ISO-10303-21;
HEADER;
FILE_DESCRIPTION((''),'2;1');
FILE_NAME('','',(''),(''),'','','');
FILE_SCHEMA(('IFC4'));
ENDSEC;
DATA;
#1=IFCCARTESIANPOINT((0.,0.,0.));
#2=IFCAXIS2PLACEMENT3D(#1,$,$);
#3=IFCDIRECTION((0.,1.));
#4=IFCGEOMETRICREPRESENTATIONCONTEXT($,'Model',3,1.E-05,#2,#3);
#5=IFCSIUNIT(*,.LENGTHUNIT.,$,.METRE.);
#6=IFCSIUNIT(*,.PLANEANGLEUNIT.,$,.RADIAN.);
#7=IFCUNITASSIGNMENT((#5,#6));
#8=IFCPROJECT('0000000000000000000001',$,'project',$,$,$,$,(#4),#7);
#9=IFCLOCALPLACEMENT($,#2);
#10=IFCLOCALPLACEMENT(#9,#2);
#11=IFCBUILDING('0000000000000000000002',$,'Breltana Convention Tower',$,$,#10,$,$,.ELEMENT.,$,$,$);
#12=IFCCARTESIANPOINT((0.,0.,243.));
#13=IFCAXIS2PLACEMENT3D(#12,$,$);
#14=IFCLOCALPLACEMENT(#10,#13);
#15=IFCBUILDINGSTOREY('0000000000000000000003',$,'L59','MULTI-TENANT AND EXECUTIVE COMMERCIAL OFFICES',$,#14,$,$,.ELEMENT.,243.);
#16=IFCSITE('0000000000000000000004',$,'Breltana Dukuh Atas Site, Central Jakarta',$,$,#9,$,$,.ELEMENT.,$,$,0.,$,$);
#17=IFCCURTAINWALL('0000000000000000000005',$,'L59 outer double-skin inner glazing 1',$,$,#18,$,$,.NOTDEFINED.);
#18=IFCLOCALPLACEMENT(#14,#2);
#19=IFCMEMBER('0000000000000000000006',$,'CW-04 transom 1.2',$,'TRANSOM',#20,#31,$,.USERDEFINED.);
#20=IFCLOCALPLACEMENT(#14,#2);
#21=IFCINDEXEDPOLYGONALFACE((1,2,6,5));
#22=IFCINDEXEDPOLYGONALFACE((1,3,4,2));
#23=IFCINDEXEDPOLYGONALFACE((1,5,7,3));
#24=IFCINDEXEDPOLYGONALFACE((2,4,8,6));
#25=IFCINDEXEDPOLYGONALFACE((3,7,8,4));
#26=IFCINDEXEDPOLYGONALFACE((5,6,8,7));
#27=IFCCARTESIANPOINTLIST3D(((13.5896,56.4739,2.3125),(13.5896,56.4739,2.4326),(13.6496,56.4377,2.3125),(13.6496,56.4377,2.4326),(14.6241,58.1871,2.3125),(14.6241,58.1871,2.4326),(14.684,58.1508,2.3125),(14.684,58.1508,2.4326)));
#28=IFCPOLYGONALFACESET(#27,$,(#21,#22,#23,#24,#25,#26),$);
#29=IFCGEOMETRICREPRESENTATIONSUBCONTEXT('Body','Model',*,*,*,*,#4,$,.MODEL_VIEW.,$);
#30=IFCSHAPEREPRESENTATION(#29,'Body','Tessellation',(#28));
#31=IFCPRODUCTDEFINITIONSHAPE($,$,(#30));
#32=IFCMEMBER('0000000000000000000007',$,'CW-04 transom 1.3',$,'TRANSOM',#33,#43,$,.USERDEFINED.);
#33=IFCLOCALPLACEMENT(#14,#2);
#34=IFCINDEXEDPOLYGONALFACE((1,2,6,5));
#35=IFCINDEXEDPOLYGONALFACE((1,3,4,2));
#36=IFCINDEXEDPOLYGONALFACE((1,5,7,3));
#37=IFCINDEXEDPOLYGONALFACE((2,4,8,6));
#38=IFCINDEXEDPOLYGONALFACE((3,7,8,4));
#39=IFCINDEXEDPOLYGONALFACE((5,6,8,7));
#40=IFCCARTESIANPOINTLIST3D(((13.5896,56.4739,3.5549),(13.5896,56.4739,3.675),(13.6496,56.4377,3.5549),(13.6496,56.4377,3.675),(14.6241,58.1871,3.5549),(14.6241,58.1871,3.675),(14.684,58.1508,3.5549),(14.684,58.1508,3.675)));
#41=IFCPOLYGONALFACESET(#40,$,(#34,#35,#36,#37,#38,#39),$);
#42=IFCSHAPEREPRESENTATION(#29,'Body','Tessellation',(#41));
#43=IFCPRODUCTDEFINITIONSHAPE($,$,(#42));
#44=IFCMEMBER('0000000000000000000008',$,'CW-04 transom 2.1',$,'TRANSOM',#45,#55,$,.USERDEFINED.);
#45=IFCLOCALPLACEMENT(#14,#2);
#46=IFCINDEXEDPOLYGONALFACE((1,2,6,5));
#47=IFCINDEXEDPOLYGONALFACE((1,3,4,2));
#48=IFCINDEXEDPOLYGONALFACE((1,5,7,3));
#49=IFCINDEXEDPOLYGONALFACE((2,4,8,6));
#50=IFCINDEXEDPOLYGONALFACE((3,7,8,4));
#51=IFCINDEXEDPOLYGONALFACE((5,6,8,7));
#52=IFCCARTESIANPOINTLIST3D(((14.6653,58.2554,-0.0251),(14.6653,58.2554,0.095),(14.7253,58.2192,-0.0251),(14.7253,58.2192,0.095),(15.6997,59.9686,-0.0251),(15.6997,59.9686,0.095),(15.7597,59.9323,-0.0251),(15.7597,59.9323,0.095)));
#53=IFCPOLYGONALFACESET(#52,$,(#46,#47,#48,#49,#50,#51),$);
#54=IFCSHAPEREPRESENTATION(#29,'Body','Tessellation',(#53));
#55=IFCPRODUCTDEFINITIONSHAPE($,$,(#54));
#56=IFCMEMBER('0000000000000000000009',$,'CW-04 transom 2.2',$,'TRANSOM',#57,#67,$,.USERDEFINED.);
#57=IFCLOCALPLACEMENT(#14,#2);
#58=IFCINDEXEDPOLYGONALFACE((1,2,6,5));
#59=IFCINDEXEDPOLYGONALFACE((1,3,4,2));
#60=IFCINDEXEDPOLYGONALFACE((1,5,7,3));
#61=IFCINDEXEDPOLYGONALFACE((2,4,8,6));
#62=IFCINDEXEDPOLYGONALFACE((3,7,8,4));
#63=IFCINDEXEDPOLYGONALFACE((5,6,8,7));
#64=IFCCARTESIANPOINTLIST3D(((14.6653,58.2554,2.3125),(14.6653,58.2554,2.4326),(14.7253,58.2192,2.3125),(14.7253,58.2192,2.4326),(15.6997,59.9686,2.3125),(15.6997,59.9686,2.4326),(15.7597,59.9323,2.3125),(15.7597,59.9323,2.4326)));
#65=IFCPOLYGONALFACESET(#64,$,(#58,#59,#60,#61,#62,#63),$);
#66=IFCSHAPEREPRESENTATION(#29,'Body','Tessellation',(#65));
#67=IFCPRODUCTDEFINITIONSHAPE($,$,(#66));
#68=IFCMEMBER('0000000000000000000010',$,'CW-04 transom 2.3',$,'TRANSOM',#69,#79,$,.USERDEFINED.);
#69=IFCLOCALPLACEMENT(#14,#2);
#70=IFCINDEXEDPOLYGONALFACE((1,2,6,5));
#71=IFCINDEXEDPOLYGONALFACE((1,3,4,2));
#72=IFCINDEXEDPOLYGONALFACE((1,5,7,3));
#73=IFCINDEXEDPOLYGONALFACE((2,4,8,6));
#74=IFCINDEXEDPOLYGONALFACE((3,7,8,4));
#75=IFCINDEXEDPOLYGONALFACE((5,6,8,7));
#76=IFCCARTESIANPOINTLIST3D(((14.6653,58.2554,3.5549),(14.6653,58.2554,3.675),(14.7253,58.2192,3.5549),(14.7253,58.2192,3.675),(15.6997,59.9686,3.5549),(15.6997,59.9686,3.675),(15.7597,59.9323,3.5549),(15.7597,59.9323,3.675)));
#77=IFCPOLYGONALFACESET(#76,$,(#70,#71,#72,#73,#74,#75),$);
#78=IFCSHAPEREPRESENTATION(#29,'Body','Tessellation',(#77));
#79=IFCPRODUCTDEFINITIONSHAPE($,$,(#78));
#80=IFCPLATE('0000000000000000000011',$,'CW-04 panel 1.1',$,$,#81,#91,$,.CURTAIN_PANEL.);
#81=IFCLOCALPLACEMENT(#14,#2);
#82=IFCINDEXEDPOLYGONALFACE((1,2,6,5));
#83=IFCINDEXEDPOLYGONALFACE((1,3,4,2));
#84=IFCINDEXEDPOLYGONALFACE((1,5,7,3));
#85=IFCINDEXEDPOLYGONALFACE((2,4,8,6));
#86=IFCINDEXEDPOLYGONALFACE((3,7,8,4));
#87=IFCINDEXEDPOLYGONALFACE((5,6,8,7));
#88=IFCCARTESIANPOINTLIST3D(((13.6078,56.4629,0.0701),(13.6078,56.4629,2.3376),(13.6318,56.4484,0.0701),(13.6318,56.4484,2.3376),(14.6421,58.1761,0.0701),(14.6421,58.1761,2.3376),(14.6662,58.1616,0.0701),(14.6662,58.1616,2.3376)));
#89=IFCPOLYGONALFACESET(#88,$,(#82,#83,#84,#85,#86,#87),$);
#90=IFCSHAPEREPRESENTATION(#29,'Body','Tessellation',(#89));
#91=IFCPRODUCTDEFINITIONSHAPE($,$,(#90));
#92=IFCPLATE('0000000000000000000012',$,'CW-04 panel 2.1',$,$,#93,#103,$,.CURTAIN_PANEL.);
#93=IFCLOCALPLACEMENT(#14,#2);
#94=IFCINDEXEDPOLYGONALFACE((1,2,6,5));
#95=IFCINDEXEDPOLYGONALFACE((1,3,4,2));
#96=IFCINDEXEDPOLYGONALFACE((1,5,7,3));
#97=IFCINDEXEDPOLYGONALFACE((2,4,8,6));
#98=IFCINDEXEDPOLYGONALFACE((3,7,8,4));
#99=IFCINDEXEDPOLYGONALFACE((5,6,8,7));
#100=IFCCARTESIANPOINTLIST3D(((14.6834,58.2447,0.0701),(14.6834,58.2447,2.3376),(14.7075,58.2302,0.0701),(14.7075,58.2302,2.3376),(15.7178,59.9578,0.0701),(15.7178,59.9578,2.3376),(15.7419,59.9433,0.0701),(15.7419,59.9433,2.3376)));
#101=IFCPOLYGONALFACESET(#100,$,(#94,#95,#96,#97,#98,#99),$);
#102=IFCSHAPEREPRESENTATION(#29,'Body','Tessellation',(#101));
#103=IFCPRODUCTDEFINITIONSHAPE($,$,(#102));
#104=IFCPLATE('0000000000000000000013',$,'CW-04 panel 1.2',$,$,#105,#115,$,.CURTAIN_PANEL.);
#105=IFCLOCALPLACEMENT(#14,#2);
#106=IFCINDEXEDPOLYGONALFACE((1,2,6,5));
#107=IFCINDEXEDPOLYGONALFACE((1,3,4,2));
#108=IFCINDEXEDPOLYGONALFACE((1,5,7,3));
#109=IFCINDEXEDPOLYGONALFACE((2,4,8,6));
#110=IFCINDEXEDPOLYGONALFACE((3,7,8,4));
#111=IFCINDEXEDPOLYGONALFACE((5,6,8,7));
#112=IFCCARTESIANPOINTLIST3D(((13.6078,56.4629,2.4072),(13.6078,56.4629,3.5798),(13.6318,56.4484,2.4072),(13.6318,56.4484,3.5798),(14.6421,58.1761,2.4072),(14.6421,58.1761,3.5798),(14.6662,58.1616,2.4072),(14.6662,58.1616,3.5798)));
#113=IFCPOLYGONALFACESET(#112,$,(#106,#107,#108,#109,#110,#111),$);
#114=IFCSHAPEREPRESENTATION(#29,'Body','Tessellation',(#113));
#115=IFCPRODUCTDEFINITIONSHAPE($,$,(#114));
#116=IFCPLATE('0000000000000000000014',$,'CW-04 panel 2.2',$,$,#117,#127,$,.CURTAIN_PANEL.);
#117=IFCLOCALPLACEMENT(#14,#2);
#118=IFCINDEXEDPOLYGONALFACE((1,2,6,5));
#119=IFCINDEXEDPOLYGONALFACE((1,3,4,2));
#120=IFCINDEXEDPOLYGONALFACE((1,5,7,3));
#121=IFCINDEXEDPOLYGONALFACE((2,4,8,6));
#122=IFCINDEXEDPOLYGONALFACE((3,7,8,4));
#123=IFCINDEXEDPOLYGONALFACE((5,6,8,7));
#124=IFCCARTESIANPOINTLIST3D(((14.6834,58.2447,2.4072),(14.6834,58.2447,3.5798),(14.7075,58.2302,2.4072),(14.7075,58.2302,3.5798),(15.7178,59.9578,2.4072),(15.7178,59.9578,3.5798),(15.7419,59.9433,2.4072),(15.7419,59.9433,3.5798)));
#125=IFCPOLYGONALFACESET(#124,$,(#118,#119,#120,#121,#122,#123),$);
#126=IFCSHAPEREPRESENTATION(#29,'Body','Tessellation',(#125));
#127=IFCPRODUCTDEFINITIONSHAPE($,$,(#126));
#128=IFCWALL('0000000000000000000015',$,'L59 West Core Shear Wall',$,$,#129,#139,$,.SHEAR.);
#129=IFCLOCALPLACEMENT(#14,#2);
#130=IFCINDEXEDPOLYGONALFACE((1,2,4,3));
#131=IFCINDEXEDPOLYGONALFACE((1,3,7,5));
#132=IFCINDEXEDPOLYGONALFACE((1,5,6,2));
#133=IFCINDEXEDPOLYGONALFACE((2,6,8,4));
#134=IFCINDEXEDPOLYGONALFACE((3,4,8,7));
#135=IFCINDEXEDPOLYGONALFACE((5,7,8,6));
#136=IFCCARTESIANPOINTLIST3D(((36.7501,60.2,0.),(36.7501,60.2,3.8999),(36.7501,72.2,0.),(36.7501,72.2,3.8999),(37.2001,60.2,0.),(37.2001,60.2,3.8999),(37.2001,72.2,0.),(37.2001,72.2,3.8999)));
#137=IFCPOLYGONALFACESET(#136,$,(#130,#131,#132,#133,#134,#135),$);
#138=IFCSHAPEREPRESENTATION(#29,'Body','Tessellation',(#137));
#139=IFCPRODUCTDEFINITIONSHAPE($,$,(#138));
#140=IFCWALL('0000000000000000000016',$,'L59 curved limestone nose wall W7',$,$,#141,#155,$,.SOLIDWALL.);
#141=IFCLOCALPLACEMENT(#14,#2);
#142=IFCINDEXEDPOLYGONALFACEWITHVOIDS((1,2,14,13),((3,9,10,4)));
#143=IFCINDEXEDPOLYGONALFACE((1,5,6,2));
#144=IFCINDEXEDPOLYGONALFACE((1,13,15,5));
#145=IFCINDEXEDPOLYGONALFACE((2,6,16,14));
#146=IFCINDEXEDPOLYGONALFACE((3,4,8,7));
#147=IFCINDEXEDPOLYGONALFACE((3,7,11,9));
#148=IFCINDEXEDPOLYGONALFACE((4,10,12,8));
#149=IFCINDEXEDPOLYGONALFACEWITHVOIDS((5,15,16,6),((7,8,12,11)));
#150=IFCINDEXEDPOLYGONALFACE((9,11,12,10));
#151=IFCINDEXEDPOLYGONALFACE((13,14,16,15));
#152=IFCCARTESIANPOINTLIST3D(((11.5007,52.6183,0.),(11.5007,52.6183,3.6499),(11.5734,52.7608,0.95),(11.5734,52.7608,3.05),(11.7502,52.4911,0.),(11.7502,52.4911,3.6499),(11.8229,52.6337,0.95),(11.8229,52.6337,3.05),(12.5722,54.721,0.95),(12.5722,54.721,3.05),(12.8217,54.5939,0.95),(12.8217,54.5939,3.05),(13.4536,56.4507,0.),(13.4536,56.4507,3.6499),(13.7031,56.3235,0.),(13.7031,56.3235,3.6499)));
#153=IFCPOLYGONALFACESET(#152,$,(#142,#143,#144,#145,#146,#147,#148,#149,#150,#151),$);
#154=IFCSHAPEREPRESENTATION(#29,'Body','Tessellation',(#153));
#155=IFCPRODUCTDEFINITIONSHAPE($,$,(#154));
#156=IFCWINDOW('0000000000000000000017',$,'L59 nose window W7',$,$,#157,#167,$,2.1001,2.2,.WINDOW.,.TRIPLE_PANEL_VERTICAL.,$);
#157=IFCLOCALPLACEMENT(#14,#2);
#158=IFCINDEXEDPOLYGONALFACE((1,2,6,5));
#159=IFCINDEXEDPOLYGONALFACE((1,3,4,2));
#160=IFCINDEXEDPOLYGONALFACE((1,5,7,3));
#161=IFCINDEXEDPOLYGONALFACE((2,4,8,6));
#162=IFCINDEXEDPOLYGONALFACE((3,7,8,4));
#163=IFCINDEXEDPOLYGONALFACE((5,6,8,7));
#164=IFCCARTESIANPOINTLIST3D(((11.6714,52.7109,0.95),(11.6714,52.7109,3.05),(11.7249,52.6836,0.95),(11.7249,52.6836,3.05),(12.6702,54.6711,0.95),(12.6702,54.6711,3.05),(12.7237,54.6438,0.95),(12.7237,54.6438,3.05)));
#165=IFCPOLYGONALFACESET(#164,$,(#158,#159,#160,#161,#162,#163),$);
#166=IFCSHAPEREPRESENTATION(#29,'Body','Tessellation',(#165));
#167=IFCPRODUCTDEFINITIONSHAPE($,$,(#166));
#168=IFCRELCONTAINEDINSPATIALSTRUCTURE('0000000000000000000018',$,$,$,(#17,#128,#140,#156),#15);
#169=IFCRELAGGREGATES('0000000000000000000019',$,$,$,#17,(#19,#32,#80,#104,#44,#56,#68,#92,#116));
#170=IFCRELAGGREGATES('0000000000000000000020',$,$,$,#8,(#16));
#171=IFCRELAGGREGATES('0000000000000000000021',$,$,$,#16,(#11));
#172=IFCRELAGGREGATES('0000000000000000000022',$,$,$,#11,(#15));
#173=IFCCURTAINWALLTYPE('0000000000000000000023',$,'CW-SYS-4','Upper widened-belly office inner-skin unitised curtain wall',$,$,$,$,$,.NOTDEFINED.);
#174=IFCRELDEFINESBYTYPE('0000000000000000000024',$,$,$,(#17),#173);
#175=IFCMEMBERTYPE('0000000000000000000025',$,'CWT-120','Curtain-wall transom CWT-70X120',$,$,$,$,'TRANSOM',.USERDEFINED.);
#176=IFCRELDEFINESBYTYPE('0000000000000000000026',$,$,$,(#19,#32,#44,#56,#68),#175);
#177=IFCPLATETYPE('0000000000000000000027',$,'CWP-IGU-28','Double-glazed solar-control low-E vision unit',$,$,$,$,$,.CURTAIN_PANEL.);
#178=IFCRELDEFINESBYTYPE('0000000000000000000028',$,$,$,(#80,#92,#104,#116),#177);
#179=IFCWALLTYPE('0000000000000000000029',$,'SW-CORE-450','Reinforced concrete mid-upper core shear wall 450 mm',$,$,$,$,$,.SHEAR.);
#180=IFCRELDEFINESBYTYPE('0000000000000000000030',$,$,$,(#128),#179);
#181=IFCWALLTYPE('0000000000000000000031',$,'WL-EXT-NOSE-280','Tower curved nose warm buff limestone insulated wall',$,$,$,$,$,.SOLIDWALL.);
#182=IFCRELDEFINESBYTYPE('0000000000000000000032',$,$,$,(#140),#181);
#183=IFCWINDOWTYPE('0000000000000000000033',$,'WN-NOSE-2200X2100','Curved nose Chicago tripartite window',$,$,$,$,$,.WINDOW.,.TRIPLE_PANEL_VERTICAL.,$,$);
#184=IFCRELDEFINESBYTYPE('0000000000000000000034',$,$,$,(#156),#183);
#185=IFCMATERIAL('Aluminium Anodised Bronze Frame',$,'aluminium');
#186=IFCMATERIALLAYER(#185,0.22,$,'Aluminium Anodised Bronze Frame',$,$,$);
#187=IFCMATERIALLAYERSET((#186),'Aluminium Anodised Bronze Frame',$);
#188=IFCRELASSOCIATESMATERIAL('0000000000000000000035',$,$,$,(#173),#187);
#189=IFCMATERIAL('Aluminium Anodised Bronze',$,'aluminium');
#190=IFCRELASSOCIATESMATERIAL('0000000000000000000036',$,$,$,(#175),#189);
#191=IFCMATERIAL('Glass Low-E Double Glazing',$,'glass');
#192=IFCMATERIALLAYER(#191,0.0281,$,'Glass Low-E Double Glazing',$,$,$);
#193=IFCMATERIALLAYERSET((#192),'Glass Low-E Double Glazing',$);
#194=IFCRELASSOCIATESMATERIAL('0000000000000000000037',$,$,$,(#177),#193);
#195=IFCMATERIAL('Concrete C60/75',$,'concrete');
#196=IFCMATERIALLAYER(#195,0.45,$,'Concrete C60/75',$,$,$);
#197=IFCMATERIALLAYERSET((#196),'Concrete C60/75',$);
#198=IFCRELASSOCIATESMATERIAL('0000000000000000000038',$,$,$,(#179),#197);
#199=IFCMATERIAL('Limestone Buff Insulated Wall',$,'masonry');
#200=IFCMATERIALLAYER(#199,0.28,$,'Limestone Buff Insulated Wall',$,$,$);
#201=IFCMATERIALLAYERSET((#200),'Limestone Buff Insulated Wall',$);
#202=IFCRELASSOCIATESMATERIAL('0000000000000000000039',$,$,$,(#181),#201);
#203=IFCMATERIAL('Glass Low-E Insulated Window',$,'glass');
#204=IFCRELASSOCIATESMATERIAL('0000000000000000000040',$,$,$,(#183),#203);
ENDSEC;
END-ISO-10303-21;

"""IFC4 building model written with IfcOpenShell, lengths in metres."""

from ifc_helpers import new_model, si_unit, direction, frame, frame_2d, origin, origin_2d, place, context, subcontext, project, spatial, rectangle, extrude, source, transform, mapped, material, layer, layer_set, material_profile, profile_set, type_object, type_shapes, element, fill, aggregate, save


model = new_model("IFC4")

# Units and contexts
model_context = context("Model", 3, precision=1e-05, world=origin(), true_north=direction((0.0, 1.0)))
body_context = subcontext(model_context, "Body", "Model", "MODEL_VIEW")
ifc_project = project(units=[si_unit("LENGTHUNIT", "METRE"), si_unit("PLANEANGLEUNIT", "RADIAN")], contexts=[model_context])

# Site, building, storey
site_placement = place(None, origin())
site = spatial("IfcSite", under=ifc_project, at=site_placement, Name="Breltana Dukuh Atas Site, Central Jakarta", CompositionType="ELEMENT", RefElevation=0.0)
building_placement = place(site_placement, origin())
building = spatial("IfcBuilding", under=site, at=building_placement, Name="Breltana Convention Tower", CompositionType="ELEMENT")
storey_placement = place(building_placement, frame((0.0, 0.0, 243.0)))
storey = spatial("IfcBuildingStorey", under=building, at=storey_placement, Name="L59", Description="MULTI-TENANT AND EXECUTIVE COMMERCIAL OFFICES", CompositionType="ELEMENT", Elevation=243.0)

# Curtain wall, members, plates
ifc_material_1 = material(Name="Aluminium Anodised Bronze Frame", Category="aluminium")
ifc_layer_1 = layer(ifc_material_1, 0.22, Name="Aluminium Anodised Bronze Frame")
ifc_layer_set_1 = layer_set([ifc_layer_1], Name="Aluminium Anodised Bronze Frame")
curtain_wall_type = type_object("IfcCurtainWallType", Name="CW-SYS-4", Description="Upper widened-belly office inner-skin unitised curtain wall", PredefinedType="NOTDEFINED", material=ifc_layer_set_1)
curtain_wall_placement = place(storey_placement, origin())
curtain_wall = element("IfcCurtainWall", 1, at=curtain_wall_placement, inside=storey, type_object=curtain_wall_type, Name="L59 outer double-skin inner glazing 1", PredefinedType="NOTDEFINED")
ifc_material_2 = material(Name="Aluminium Anodised Bronze", Category="aluminium")
ifc_material_profile_1 = material_profile(ifc_material_2, rectangle(XDim=0.0701, YDim=0.1201, at=origin_2d()), Name="CWT-70X120")
ifc_profile_set_1 = profile_set([ifc_material_profile_1], Name="Aluminium Anodised Bronze")
member_type_1 = type_object("IfcMemberType", Name="CWT-120", Description="Curtain-wall transom CWT-70X120", ElementType="TRANSOM", PredefinedType="USERDEFINED", material=ifc_profile_set_1)
shared_shape_1 = source(origin(), body_context, "Body", "SweptSolid", [
    extrude(rectangle(XDim=0.0701, YDim=0.1201, at=origin_2d()), origin(), (0.0, 0.0, 1.0), 2.0012),
])
member_1_placement = place(storey_placement, frame((13.6196, 56.4558, 2.3726), z_axis=(0.516898, 0.856047, 0.0), x_axis=(-0.856047, 0.516898, 0.0)))
member_1 = element("IfcMember", 2, at=member_1_placement, type_object=member_type_1, Name="CW-04 transom 1.2", ObjectType="TRANSOM", PredefinedType="USERDEFINED", context=body_context, shape_type="MappedRepresentation", body=[
    mapped(shared_shape_1, transform((0.0, 0.0, 0.0), scale=1.0)),
])
member_2_placement = place(storey_placement, frame((13.6196, 56.4558, 3.615), z_axis=(0.516898, 0.856047, 0.0), x_axis=(-0.856047, 0.516898, 0.0)))
member_2 = element("IfcMember", 3, at=member_2_placement, type_object=member_type_1, Name="CW-04 transom 1.3", ObjectType="TRANSOM", PredefinedType="USERDEFINED", context=body_context, shape_type="MappedRepresentation", body=[
    mapped(shared_shape_1, transform((0.0, 0.0, 0.0), scale=1.0)),
])
member_3_placement = place(storey_placement, frame((14.6953, 58.2373, 0.0349), z_axis=(0.516898, 0.856047, 0.0), x_axis=(-0.856047, 0.516898, 0.0)))
member_3 = element("IfcMember", 4, at=member_3_placement, type_object=member_type_1, Name="CW-04 transom 2.1", ObjectType="TRANSOM", PredefinedType="USERDEFINED", context=body_context, shape_type="MappedRepresentation", body=[
    mapped(shared_shape_1, transform((0.0, 0.0, 0.0), scale=1.0)),
])
member_4_placement = place(storey_placement, frame((14.6953, 58.2373, 2.3726), z_axis=(0.516898, 0.856047, 0.0), x_axis=(-0.856047, 0.516898, 0.0)))
member_4 = element("IfcMember", 5, at=member_4_placement, type_object=member_type_1, Name="CW-04 transom 2.2", ObjectType="TRANSOM", PredefinedType="USERDEFINED", context=body_context, shape_type="MappedRepresentation", body=[
    mapped(shared_shape_1, transform((0.0, 0.0, 0.0), scale=1.0)),
])
member_5_placement = place(storey_placement, frame((14.6953, 58.2373, 3.615), z_axis=(0.516898, 0.856047, 0.0), x_axis=(-0.856047, 0.516898, 0.0)))
member_5 = element("IfcMember", 6, at=member_5_placement, type_object=member_type_1, Name="CW-04 transom 2.3", ObjectType="TRANSOM", PredefinedType="USERDEFINED", context=body_context, shape_type="MappedRepresentation", body=[
    mapped(shared_shape_1, transform((0.0, 0.0, 0.0), scale=1.0)),
])
ifc_material_3 = material(Name="Glass Low-E Double Glazing", Category="glass")
ifc_layer_2 = layer(ifc_material_3, 0.0281, Name="Glass Low-E Double Glazing")
ifc_layer_set_2 = layer_set([ifc_layer_2], Name="Glass Low-E Double Glazing")
plate_type = type_object("IfcPlateType", Name="CWP-IGU-28", Description="Double-glazed solar-control low-E vision unit", PredefinedType="CURTAIN_PANEL", material=ifc_layer_set_2)
shared_shape_2 = source(origin(), body_context, "Body", "SweptSolid", [
    extrude(rectangle(XDim=2.0012, YDim=0.0281, at=origin_2d()), origin(), (0.0, 0.0, 1.0), 2.2676),
])
plate_1_placement = place(storey_placement, frame((14.137, 57.3123, 0.0701), z_axis=(0.0, 0.0, 1.0), x_axis=(0.516875, 0.856061, 0.0)))
plate_1 = element("IfcPlate", 7, at=plate_1_placement, type_object=plate_type, Name="CW-04 panel 1.1", PredefinedType="CURTAIN_PANEL", context=body_context, shape_type="MappedRepresentation", body=[
    mapped(shared_shape_2, transform((0.0, 0.0, 0.0), scale=1.0)),
])
plate_2_placement = place(storey_placement, frame((15.2126, 59.094, 0.0701), z_axis=(0.0, 0.0, 1.0), x_axis=(0.516875, 0.856061, 0.0)))
plate_2 = element("IfcPlate", 8, at=plate_2_placement, type_object=plate_type, Name="CW-04 panel 2.1", PredefinedType="CURTAIN_PANEL", context=body_context, shape_type="MappedRepresentation", body=[
    mapped(shared_shape_2, transform((0.0, 0.0, 0.0), scale=1.0)),
])
shared_shape_3 = source(origin(), body_context, "Body", "SweptSolid", [
    extrude(rectangle(XDim=2.0012, YDim=0.0281, at=origin_2d()), origin(), (0.0, 0.0, 1.0), 1.1726),
])
plate_3_placement = place(storey_placement, frame((14.137, 57.3123, 2.4072), z_axis=(0.0, 0.0, 1.0), x_axis=(0.516875, 0.856061, 0.0)))
plate_3 = element("IfcPlate", 9, at=plate_3_placement, type_object=plate_type, Name="CW-04 panel 1.2", PredefinedType="CURTAIN_PANEL", context=body_context, shape_type="MappedRepresentation", body=[
    mapped(shared_shape_3, transform((0.0, 0.0, 0.0), scale=1.0)),
])
plate_4_placement = place(storey_placement, frame((15.2126, 59.094, 2.4072), z_axis=(0.0, 0.0, 1.0), x_axis=(0.516875, 0.856061, 0.0)))
plate_4 = element("IfcPlate", 10, at=plate_4_placement, type_object=plate_type, Name="CW-04 panel 2.2", PredefinedType="CURTAIN_PANEL", context=body_context, shape_type="MappedRepresentation", body=[
    mapped(shared_shape_3, transform((0.0, 0.0, 0.0), scale=1.0)),
])
aggregate(curtain_wall, [member_1, member_2, plate_1, plate_3, member_3, member_4, member_5, plate_2, plate_4])

# Wall
ifc_material_4 = material(Name="Concrete C60/75", Category="concrete")
ifc_layer_3 = layer(ifc_material_4, 0.45, Name="Concrete C60/75")
ifc_layer_set_3 = layer_set([ifc_layer_3], Name="Concrete C60/75")
wall_type_1 = type_object("IfcWallType", Name="SW-CORE-450", Description="Reinforced concrete mid-upper core shear wall 450 mm", PredefinedType="SHEAR", material=ifc_layer_set_3)
shared_shape_4 = source(origin(), body_context, "Body", "SweptSolid", [
    extrude(rectangle(XDim=12.0, YDim=0.45, at=frame_2d((6.0, 0.0))), origin(), (0.0, 0.0, 1.0), 3.8999),
])
wall_1_placement = place(storey_placement, frame((36.9751, 60.2, 0.0), z_axis=(0.0, 0.0, 1.0), x_axis=(0.0, 1.0, 0.0)))
element("IfcWall", 11, at=wall_1_placement, inside=storey, type_object=wall_type_1, Name="L59 West Core Shear Wall", PredefinedType="SHEAR", context=body_context, shape_type="MappedRepresentation", body=[
    mapped(shared_shape_4, transform((0.0, 0.0, 0.0), scale=1.0)),
])

# Wall, opening, window
ifc_material_5 = material(Name="Limestone Buff Insulated Wall", Category="masonry")
ifc_layer_4 = layer(ifc_material_5, 0.28, Name="Limestone Buff Insulated Wall")
ifc_layer_set_4 = layer_set([ifc_layer_4], Name="Limestone Buff Insulated Wall")
wall_type_2 = type_object("IfcWallType", Name="WL-EXT-NOSE-280", Description="Tower curved nose warm buff limestone insulated wall", PredefinedType="SOLIDWALL", material=ifc_layer_set_4)
shared_shape_5 = source(origin(), body_context, "Body", "SweptSolid", [
    extrude(rectangle(XDim=4.3013, YDim=0.28, at=frame_2d((2.1506, 0.0))), origin(), (0.0, 0.0, 1.0), 3.6499),
])
wall_2_placement = place(storey_placement, frame((11.6255, 52.5547, 0.0), z_axis=(0.0, 0.0, 1.0), x_axis=(0.454012, 0.890996, 0.0)))
wall_2 = element("IfcWall", 12, at=wall_2_placement, inside=storey, type_object=wall_type_2, Name="L59 curved limestone nose wall W7", PredefinedType="SOLIDWALL", context=body_context, shape_type="MappedRepresentation", body=[
    mapped(shared_shape_5, transform((0.0, 0.0, 0.0), scale=1.0)),
])
opening_1_placement = place(wall_2_placement, frame((0.1599, 0.0, 0.95)))
opening_1 = element("IfcOpeningElement", 13, at=opening_1_placement, cuts=wall_2, PredefinedType="OPENING", context=body_context, shape_type="SweptSolid", body=[
    extrude(rectangle(XDim=2.2, YDim=2.1001, at=frame_2d((1.1001, 1.05))), frame((0.0, 0.1499, 0.0), z_axis=(0.0, -1.0, 0.0), x_axis=(1.0, 0.0, 0.0)), (0.0, 0.0, 1.0), 0.3),
])
ifc_material_6 = material(Name="Glass Low-E Insulated Window", Category="glass")
window_type = type_object("IfcWindowType", Name="WN-NOSE-2200X2100", Description="Curved nose Chicago tripartite window", PartitioningType="TRIPLE_PANEL_VERTICAL", PredefinedType="WINDOW", material=ifc_material_6)
shared_shape_6 = source(origin(), body_context, "Body", "SweptSolid", [
    extrude(rectangle(XDim=2.2, YDim=2.1001, at=frame_2d((1.1001, 1.05))), frame((0.0, 0.03, 0.0), z_axis=(0.0, -1.0, 0.0), x_axis=(1.0, 0.0, 0.0)), (0.0, 0.0, 1.0), 0.0601),
])
type_shapes(window_type, [shared_shape_6])
window_placement = place(opening_1_placement, origin())
window = element("IfcWindow", 14, at=window_placement, inside=storey, type_object=window_type, Name="L59 nose window W7", OverallHeight=2.1001, OverallWidth=2.2, PartitioningType="TRIPLE_PANEL_VERTICAL", PredefinedType="WINDOW", context=body_context, shape_type="MappedRepresentation", body=[
    mapped(shared_shape_6, transform((0.0, 0.0, 0.0), scale=1.0)),
])
fill(opening_1, window)

save(model, "model.ifc")
